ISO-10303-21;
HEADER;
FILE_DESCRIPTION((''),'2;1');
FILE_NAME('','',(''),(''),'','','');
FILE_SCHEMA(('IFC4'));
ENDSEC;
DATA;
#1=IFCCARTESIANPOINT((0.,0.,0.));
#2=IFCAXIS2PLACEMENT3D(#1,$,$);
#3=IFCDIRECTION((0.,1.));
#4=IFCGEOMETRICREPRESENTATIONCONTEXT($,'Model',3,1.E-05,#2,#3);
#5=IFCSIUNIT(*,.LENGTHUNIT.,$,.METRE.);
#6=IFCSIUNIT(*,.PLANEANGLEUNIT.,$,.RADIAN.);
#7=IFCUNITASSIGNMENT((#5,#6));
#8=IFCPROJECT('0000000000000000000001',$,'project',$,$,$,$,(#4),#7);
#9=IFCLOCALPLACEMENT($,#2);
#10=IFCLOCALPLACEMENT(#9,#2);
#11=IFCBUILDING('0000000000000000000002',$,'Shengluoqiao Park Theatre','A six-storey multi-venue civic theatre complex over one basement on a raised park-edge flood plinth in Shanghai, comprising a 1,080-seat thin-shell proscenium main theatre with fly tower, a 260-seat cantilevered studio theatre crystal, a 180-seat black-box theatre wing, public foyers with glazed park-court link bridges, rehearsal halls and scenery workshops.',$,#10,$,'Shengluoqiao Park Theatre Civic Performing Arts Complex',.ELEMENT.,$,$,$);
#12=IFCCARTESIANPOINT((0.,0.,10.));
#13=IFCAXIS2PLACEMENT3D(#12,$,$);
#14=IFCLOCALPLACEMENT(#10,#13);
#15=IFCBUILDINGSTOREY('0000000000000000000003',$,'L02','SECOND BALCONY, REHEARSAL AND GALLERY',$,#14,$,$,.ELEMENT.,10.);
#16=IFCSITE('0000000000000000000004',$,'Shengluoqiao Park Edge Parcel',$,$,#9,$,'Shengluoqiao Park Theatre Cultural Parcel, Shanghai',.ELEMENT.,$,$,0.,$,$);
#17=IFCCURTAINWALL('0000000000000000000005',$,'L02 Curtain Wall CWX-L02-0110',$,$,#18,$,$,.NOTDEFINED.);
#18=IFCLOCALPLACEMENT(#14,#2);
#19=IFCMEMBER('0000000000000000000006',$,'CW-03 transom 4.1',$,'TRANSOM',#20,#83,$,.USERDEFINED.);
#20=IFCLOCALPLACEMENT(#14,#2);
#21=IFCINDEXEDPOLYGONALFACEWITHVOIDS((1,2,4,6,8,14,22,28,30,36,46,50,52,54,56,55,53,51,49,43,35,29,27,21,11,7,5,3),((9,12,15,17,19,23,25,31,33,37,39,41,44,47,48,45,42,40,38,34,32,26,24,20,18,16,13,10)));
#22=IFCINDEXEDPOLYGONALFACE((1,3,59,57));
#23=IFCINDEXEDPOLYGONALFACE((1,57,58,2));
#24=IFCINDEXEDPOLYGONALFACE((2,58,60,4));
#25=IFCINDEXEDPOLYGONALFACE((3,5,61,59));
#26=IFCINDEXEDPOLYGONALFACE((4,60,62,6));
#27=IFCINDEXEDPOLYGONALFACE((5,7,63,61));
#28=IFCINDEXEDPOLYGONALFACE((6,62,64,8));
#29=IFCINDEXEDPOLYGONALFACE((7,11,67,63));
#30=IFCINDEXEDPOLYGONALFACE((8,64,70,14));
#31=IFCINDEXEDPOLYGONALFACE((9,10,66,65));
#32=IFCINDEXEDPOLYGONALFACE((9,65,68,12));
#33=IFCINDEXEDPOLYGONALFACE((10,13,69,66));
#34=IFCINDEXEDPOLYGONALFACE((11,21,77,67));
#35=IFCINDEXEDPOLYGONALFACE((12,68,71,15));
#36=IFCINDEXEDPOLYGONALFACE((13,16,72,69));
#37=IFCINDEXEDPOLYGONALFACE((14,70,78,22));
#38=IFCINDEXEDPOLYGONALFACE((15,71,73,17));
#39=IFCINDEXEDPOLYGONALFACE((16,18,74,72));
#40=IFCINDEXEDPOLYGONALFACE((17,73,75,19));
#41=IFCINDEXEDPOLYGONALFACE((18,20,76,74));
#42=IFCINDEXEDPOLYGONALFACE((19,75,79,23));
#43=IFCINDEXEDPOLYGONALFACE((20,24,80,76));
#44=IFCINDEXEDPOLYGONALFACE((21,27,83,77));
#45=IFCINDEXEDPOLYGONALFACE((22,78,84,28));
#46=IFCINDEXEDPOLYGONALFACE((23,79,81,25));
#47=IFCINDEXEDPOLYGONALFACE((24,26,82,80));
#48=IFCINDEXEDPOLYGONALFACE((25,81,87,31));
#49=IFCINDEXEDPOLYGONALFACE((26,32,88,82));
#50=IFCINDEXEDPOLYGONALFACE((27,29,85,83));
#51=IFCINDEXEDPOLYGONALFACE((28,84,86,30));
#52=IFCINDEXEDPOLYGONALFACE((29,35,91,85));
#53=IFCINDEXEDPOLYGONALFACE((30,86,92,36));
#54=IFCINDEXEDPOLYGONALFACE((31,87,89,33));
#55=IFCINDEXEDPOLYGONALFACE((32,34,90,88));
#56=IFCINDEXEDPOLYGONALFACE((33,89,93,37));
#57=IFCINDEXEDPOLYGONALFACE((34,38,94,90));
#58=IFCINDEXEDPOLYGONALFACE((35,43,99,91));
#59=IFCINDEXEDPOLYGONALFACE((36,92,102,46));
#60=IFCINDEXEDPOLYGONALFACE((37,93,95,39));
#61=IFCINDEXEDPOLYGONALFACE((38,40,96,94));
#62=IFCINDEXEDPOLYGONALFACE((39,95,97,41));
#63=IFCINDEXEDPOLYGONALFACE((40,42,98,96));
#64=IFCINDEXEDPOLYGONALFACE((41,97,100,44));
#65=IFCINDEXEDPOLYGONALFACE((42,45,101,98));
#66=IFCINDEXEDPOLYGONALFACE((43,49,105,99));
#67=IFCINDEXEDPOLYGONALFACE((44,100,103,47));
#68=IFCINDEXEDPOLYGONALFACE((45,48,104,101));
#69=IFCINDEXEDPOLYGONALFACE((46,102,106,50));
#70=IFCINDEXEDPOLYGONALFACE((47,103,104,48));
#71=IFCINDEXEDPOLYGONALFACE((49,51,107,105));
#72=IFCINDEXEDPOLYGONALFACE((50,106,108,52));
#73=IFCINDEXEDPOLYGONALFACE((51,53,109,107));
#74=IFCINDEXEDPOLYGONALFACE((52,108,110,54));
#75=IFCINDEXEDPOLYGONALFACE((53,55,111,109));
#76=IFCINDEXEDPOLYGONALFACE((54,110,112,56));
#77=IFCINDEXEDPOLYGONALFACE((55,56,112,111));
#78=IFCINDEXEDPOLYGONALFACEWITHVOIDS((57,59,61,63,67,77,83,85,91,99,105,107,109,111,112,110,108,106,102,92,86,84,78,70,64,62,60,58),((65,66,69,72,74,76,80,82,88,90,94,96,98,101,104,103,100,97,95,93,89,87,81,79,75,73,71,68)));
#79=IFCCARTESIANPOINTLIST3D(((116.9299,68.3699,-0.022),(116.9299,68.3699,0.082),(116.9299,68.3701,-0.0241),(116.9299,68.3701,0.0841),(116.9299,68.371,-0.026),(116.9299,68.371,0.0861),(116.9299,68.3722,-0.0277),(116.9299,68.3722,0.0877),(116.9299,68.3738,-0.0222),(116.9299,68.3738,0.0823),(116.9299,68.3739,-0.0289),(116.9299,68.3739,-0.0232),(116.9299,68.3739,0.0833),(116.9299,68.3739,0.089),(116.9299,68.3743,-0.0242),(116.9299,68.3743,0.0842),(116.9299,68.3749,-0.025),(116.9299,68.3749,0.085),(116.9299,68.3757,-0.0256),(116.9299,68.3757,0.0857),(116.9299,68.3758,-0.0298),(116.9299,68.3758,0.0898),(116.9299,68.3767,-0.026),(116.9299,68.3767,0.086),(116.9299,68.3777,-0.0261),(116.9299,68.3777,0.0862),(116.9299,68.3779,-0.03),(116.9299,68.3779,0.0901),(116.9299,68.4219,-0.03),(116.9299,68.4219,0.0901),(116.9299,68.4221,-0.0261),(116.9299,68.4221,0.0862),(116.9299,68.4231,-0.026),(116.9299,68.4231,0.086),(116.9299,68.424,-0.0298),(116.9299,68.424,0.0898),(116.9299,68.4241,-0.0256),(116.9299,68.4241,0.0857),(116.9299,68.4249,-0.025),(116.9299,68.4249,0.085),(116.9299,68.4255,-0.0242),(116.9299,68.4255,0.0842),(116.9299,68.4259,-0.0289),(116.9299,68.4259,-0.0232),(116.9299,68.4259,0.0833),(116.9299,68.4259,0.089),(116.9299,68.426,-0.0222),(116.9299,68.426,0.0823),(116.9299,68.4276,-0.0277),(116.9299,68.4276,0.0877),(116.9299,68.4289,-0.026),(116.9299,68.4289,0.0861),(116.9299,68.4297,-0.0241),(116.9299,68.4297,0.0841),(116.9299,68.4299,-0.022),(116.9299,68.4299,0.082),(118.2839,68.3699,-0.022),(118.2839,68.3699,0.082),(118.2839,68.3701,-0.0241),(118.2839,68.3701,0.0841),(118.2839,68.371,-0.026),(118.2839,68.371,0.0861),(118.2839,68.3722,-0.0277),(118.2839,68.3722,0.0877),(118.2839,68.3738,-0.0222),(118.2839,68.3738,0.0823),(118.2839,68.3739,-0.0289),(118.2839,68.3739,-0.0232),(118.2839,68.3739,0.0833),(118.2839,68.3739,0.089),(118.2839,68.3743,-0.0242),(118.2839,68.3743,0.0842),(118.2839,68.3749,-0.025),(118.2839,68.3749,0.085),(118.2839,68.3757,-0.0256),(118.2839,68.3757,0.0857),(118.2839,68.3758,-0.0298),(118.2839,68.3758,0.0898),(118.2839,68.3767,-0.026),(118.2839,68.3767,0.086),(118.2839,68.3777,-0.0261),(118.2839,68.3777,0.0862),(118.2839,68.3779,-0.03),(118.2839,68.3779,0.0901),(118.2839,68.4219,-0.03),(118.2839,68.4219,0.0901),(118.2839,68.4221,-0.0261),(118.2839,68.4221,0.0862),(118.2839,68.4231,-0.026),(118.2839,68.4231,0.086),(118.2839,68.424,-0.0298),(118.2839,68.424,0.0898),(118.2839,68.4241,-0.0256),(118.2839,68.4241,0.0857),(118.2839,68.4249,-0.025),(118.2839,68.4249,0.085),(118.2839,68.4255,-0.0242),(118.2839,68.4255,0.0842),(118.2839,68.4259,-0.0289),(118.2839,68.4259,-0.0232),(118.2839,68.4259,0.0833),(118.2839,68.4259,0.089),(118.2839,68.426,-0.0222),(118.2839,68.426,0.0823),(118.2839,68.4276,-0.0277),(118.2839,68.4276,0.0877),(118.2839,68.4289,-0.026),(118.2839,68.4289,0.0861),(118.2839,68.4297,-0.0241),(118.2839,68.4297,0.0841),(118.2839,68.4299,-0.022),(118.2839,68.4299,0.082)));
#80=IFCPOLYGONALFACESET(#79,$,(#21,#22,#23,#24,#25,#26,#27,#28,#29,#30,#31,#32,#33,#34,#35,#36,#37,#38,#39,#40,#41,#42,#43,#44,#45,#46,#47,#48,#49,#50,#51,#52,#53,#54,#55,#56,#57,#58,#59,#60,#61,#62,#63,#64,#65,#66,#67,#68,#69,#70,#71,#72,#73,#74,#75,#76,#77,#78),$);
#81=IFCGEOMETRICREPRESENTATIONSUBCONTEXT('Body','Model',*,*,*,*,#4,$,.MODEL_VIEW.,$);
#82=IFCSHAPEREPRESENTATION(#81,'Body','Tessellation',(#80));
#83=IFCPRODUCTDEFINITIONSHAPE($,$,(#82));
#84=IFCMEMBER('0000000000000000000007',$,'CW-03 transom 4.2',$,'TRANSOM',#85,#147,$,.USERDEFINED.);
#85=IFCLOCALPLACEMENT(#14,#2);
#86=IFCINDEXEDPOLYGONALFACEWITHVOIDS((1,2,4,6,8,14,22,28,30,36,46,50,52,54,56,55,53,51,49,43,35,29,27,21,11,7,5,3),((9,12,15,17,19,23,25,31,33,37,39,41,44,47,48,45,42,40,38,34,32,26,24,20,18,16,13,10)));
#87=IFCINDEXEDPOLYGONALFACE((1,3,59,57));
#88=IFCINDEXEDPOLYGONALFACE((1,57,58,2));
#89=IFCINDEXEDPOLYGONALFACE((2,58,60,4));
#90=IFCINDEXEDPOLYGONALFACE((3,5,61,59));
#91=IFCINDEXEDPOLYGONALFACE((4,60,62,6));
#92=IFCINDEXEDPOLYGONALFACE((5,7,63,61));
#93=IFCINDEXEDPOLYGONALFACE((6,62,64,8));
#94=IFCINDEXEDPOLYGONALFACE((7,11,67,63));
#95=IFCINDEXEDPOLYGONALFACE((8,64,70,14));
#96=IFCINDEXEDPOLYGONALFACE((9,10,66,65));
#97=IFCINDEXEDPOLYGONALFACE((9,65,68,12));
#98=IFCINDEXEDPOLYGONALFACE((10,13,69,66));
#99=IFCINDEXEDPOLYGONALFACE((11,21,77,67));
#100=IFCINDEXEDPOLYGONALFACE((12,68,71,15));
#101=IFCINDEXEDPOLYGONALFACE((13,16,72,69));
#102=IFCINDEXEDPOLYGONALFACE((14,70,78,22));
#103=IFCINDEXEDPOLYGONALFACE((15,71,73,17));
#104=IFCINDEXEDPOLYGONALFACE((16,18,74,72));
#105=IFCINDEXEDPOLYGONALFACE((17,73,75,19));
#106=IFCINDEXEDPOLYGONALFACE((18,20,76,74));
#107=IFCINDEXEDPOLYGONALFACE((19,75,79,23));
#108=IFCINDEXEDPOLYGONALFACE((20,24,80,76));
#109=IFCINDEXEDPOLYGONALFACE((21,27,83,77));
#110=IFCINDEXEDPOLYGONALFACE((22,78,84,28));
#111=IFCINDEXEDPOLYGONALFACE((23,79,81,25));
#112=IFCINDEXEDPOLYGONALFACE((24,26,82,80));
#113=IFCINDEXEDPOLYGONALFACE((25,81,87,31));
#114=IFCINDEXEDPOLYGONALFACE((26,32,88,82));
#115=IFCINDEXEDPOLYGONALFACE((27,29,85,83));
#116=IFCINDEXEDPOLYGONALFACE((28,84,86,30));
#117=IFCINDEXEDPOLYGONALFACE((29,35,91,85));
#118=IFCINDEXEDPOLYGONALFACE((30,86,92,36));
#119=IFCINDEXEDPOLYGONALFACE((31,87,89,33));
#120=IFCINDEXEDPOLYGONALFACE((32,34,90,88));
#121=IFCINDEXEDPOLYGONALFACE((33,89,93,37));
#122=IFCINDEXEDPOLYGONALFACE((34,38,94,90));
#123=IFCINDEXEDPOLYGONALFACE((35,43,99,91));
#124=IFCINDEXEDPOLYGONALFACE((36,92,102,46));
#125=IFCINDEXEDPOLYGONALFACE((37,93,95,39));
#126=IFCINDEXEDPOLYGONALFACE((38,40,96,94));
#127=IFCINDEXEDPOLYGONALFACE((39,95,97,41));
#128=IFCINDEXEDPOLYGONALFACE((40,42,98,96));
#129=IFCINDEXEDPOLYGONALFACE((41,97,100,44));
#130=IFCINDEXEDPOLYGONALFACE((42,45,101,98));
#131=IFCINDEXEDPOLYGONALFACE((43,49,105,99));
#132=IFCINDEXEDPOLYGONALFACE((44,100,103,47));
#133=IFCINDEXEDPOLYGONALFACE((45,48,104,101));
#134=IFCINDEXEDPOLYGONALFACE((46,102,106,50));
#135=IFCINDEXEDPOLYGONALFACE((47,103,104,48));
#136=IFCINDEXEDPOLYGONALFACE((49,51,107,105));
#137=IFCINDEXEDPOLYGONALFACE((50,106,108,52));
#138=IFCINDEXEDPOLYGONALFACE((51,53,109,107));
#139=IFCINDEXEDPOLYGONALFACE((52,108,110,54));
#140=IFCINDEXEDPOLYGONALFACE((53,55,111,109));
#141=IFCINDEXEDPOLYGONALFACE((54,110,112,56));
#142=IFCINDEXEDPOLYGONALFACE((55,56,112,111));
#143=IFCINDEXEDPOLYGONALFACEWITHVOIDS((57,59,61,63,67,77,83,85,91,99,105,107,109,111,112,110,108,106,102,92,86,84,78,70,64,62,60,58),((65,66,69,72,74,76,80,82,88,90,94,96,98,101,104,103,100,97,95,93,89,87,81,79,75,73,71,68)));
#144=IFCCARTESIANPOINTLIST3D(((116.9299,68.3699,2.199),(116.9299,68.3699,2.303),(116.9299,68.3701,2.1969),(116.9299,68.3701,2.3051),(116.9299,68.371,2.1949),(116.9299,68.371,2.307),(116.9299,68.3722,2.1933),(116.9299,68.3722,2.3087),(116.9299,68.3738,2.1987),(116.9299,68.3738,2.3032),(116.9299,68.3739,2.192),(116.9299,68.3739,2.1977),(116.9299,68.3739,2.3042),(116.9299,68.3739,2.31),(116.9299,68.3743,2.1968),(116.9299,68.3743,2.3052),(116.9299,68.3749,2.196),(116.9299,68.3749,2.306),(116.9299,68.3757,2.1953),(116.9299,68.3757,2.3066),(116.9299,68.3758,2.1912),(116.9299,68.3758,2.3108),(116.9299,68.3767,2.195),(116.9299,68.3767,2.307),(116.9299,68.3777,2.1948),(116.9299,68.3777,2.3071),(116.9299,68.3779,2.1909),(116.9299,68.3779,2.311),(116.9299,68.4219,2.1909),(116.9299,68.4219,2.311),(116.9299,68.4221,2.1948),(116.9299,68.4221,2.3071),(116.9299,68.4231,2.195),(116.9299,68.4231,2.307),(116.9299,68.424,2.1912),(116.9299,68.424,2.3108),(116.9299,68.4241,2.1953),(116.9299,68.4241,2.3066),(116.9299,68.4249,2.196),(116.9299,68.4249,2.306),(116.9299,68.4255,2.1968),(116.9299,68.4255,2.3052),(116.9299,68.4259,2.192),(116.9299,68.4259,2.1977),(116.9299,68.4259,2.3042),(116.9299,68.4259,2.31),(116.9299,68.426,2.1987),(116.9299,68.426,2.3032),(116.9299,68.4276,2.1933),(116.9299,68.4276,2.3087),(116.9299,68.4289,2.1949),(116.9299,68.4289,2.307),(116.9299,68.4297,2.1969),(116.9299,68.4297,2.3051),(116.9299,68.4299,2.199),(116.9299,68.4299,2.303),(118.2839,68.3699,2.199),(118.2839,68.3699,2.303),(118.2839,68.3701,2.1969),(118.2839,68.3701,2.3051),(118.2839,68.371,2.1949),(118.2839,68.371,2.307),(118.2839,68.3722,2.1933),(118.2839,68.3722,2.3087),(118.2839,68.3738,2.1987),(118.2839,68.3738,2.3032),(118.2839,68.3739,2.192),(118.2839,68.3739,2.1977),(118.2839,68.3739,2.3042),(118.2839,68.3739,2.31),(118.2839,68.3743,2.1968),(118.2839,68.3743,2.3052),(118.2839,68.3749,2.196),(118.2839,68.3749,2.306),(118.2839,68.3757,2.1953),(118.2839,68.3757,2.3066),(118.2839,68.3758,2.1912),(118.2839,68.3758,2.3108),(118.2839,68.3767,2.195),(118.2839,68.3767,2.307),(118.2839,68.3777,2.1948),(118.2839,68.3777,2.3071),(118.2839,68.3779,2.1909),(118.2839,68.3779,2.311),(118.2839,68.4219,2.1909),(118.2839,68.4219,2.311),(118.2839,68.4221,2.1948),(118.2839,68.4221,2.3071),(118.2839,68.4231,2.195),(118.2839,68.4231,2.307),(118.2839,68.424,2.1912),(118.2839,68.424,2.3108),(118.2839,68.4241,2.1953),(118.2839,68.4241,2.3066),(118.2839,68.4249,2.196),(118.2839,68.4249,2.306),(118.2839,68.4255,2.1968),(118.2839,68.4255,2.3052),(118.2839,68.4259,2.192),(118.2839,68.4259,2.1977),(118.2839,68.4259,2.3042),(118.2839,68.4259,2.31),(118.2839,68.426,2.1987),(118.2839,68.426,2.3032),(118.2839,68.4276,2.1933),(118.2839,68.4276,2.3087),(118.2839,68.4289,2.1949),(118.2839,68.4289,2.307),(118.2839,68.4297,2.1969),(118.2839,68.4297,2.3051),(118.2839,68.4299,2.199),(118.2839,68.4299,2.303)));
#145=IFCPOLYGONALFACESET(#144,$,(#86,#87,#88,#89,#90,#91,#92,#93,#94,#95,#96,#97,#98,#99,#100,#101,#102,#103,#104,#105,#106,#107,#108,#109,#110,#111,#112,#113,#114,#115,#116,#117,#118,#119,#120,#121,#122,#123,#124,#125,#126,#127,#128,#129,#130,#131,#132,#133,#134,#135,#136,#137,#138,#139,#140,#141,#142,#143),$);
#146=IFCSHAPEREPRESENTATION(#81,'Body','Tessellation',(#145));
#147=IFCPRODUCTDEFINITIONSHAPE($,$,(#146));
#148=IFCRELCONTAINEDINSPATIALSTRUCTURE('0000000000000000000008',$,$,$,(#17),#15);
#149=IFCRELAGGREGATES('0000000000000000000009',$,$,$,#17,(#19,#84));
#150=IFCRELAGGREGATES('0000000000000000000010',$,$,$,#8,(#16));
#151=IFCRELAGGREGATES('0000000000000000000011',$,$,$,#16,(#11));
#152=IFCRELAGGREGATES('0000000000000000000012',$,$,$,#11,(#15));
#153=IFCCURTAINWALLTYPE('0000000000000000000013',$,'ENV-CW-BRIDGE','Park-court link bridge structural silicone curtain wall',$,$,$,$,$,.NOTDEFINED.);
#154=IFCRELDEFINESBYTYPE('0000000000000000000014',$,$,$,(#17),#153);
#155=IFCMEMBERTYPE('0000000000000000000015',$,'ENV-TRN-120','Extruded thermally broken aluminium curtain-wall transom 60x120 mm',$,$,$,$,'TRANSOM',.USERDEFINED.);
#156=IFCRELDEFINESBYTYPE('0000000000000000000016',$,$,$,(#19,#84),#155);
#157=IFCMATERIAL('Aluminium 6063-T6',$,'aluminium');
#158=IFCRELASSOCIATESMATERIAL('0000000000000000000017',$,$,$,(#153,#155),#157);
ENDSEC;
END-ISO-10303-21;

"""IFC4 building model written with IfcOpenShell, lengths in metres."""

from ifc_helpers import new_model, si_unit, direction, frame, origin, origin_2d, place, context, subcontext, project, spatial, hollow_rectangle, extrude, material, material_profile, profile_set, type_object, element, aggregate, save


model = new_model("IFC4")

# Units and contexts
model_context = context("Model", 3, precision=1e-05, world=origin(), true_north=direction((0.0, 1.0)))
body_context = subcontext(model_context, "Body", "Model", "MODEL_VIEW")
ifc_project = project(units=[si_unit("LENGTHUNIT", "METRE"), si_unit("PLANEANGLEUNIT", "RADIAN")], contexts=[model_context])

# Site, building, storey
site_placement = place(None, origin())
site = spatial("IfcSite", under=ifc_project, at=site_placement, Name="Shengluoqiao Park Edge Parcel", LongName="Shengluoqiao Park Theatre Cultural Parcel, Shanghai", CompositionType="ELEMENT", RefElevation=0.0)
building_placement = place(site_placement, origin())
building = spatial("IfcBuilding", under=site, at=building_placement, Name="Shengluoqiao Park Theatre", Description="A six-storey multi-venue civic theatre complex over one basement on a raised park-edge flood plinth in Shanghai, comprising a 1,080-seat thin-shell proscenium main theatre with fly tower, a 260-seat cantilevered studio theatre crystal, a 180-seat black-box theatre wing, public foyers with glazed park-court link bridges, rehearsal halls and scenery workshops.", LongName="Shengluoqiao Park Theatre Civic Performing Arts Complex", CompositionType="ELEMENT")
storey_placement = place(building_placement, frame((0.0, 0.0, 10.0)))
storey = spatial("IfcBuildingStorey", under=building, at=storey_placement, Name="L02", Description="SECOND BALCONY, REHEARSAL AND GALLERY", CompositionType="ELEMENT", Elevation=10.0)

# Curtain wall, members
ifc_material_1 = material(Name="Aluminium 6063-T6", Category="aluminium")
curtain_wall_type = type_object("IfcCurtainWallType", Name="ENV-CW-BRIDGE", Description="Park-court link bridge structural silicone curtain wall", PredefinedType="NOTDEFINED", material=ifc_material_1)
curtain_wall_placement = place(storey_placement, origin())
curtain_wall = element("IfcCurtainWall", 1, at=curtain_wall_placement, inside=storey, type_object=curtain_wall_type, Name="L02 Curtain Wall CWX-L02-0110", PredefinedType="NOTDEFINED")
ifc_material_profile_1 = material_profile(ifc_material_1, hollow_rectangle(XDim=0.0601, YDim=0.1201, WallThickness=0.0039, InnerFilletRadius=0.0039, OuterFilletRadius=0.0081, at=origin_2d()), Name="ALU TRANSOM 120x60x4")
ifc_profile_set_1 = profile_set([ifc_material_profile_1], Name="Aluminium 6063-T6")
member_type_1 = type_object("IfcMemberType", Name="ENV-TRN-120", Description="Extruded thermally broken aluminium curtain-wall transom 60x120 mm", ElementType="TRANSOM", PredefinedType="USERDEFINED", material=ifc_profile_set_1)
member_1_placement = place(storey_placement, frame((116.9299, 68.3999, 0.03), z_axis=(1.0, 0.0, 0.0), x_axis=(0.0, 1.0, 0.0)))
member_1 = element("IfcMember", 2, at=member_1_placement, type_object=member_type_1, Name="CW-03 transom 4.1", ObjectType="TRANSOM", PredefinedType="USERDEFINED", context=body_context, shape_type="SweptSolid", body=[
    extrude(hollow_rectangle(XDim=0.0601, YDim=0.1201, WallThickness=0.0039, InnerFilletRadius=0.0039, OuterFilletRadius=0.0081, at=origin_2d()), origin(), (0.0, 0.0, 1.0), 1.354),
])
member_2_placement = place(storey_placement, frame((116.9299, 68.3999, 2.251), z_axis=(1.0, 0.0, 0.0), x_axis=(0.0, 1.0, 0.0)))
member_2 = element("IfcMember", 3, at=member_2_placement, type_object=member_type_1, Name="CW-03 transom 4.2", ObjectType="TRANSOM", PredefinedType="USERDEFINED", context=body_context, shape_type="SweptSolid", body=[
    extrude(hollow_rectangle(XDim=0.0601, YDim=0.1201, WallThickness=0.0039, InnerFilletRadius=0.0039, OuterFilletRadius=0.0081, at=origin_2d()), origin(), (0.0, 0.0, 1.0), 1.354),
])

aggregate(curtain_wall, [member_1, member_2])

save(model, "model.ifc")
